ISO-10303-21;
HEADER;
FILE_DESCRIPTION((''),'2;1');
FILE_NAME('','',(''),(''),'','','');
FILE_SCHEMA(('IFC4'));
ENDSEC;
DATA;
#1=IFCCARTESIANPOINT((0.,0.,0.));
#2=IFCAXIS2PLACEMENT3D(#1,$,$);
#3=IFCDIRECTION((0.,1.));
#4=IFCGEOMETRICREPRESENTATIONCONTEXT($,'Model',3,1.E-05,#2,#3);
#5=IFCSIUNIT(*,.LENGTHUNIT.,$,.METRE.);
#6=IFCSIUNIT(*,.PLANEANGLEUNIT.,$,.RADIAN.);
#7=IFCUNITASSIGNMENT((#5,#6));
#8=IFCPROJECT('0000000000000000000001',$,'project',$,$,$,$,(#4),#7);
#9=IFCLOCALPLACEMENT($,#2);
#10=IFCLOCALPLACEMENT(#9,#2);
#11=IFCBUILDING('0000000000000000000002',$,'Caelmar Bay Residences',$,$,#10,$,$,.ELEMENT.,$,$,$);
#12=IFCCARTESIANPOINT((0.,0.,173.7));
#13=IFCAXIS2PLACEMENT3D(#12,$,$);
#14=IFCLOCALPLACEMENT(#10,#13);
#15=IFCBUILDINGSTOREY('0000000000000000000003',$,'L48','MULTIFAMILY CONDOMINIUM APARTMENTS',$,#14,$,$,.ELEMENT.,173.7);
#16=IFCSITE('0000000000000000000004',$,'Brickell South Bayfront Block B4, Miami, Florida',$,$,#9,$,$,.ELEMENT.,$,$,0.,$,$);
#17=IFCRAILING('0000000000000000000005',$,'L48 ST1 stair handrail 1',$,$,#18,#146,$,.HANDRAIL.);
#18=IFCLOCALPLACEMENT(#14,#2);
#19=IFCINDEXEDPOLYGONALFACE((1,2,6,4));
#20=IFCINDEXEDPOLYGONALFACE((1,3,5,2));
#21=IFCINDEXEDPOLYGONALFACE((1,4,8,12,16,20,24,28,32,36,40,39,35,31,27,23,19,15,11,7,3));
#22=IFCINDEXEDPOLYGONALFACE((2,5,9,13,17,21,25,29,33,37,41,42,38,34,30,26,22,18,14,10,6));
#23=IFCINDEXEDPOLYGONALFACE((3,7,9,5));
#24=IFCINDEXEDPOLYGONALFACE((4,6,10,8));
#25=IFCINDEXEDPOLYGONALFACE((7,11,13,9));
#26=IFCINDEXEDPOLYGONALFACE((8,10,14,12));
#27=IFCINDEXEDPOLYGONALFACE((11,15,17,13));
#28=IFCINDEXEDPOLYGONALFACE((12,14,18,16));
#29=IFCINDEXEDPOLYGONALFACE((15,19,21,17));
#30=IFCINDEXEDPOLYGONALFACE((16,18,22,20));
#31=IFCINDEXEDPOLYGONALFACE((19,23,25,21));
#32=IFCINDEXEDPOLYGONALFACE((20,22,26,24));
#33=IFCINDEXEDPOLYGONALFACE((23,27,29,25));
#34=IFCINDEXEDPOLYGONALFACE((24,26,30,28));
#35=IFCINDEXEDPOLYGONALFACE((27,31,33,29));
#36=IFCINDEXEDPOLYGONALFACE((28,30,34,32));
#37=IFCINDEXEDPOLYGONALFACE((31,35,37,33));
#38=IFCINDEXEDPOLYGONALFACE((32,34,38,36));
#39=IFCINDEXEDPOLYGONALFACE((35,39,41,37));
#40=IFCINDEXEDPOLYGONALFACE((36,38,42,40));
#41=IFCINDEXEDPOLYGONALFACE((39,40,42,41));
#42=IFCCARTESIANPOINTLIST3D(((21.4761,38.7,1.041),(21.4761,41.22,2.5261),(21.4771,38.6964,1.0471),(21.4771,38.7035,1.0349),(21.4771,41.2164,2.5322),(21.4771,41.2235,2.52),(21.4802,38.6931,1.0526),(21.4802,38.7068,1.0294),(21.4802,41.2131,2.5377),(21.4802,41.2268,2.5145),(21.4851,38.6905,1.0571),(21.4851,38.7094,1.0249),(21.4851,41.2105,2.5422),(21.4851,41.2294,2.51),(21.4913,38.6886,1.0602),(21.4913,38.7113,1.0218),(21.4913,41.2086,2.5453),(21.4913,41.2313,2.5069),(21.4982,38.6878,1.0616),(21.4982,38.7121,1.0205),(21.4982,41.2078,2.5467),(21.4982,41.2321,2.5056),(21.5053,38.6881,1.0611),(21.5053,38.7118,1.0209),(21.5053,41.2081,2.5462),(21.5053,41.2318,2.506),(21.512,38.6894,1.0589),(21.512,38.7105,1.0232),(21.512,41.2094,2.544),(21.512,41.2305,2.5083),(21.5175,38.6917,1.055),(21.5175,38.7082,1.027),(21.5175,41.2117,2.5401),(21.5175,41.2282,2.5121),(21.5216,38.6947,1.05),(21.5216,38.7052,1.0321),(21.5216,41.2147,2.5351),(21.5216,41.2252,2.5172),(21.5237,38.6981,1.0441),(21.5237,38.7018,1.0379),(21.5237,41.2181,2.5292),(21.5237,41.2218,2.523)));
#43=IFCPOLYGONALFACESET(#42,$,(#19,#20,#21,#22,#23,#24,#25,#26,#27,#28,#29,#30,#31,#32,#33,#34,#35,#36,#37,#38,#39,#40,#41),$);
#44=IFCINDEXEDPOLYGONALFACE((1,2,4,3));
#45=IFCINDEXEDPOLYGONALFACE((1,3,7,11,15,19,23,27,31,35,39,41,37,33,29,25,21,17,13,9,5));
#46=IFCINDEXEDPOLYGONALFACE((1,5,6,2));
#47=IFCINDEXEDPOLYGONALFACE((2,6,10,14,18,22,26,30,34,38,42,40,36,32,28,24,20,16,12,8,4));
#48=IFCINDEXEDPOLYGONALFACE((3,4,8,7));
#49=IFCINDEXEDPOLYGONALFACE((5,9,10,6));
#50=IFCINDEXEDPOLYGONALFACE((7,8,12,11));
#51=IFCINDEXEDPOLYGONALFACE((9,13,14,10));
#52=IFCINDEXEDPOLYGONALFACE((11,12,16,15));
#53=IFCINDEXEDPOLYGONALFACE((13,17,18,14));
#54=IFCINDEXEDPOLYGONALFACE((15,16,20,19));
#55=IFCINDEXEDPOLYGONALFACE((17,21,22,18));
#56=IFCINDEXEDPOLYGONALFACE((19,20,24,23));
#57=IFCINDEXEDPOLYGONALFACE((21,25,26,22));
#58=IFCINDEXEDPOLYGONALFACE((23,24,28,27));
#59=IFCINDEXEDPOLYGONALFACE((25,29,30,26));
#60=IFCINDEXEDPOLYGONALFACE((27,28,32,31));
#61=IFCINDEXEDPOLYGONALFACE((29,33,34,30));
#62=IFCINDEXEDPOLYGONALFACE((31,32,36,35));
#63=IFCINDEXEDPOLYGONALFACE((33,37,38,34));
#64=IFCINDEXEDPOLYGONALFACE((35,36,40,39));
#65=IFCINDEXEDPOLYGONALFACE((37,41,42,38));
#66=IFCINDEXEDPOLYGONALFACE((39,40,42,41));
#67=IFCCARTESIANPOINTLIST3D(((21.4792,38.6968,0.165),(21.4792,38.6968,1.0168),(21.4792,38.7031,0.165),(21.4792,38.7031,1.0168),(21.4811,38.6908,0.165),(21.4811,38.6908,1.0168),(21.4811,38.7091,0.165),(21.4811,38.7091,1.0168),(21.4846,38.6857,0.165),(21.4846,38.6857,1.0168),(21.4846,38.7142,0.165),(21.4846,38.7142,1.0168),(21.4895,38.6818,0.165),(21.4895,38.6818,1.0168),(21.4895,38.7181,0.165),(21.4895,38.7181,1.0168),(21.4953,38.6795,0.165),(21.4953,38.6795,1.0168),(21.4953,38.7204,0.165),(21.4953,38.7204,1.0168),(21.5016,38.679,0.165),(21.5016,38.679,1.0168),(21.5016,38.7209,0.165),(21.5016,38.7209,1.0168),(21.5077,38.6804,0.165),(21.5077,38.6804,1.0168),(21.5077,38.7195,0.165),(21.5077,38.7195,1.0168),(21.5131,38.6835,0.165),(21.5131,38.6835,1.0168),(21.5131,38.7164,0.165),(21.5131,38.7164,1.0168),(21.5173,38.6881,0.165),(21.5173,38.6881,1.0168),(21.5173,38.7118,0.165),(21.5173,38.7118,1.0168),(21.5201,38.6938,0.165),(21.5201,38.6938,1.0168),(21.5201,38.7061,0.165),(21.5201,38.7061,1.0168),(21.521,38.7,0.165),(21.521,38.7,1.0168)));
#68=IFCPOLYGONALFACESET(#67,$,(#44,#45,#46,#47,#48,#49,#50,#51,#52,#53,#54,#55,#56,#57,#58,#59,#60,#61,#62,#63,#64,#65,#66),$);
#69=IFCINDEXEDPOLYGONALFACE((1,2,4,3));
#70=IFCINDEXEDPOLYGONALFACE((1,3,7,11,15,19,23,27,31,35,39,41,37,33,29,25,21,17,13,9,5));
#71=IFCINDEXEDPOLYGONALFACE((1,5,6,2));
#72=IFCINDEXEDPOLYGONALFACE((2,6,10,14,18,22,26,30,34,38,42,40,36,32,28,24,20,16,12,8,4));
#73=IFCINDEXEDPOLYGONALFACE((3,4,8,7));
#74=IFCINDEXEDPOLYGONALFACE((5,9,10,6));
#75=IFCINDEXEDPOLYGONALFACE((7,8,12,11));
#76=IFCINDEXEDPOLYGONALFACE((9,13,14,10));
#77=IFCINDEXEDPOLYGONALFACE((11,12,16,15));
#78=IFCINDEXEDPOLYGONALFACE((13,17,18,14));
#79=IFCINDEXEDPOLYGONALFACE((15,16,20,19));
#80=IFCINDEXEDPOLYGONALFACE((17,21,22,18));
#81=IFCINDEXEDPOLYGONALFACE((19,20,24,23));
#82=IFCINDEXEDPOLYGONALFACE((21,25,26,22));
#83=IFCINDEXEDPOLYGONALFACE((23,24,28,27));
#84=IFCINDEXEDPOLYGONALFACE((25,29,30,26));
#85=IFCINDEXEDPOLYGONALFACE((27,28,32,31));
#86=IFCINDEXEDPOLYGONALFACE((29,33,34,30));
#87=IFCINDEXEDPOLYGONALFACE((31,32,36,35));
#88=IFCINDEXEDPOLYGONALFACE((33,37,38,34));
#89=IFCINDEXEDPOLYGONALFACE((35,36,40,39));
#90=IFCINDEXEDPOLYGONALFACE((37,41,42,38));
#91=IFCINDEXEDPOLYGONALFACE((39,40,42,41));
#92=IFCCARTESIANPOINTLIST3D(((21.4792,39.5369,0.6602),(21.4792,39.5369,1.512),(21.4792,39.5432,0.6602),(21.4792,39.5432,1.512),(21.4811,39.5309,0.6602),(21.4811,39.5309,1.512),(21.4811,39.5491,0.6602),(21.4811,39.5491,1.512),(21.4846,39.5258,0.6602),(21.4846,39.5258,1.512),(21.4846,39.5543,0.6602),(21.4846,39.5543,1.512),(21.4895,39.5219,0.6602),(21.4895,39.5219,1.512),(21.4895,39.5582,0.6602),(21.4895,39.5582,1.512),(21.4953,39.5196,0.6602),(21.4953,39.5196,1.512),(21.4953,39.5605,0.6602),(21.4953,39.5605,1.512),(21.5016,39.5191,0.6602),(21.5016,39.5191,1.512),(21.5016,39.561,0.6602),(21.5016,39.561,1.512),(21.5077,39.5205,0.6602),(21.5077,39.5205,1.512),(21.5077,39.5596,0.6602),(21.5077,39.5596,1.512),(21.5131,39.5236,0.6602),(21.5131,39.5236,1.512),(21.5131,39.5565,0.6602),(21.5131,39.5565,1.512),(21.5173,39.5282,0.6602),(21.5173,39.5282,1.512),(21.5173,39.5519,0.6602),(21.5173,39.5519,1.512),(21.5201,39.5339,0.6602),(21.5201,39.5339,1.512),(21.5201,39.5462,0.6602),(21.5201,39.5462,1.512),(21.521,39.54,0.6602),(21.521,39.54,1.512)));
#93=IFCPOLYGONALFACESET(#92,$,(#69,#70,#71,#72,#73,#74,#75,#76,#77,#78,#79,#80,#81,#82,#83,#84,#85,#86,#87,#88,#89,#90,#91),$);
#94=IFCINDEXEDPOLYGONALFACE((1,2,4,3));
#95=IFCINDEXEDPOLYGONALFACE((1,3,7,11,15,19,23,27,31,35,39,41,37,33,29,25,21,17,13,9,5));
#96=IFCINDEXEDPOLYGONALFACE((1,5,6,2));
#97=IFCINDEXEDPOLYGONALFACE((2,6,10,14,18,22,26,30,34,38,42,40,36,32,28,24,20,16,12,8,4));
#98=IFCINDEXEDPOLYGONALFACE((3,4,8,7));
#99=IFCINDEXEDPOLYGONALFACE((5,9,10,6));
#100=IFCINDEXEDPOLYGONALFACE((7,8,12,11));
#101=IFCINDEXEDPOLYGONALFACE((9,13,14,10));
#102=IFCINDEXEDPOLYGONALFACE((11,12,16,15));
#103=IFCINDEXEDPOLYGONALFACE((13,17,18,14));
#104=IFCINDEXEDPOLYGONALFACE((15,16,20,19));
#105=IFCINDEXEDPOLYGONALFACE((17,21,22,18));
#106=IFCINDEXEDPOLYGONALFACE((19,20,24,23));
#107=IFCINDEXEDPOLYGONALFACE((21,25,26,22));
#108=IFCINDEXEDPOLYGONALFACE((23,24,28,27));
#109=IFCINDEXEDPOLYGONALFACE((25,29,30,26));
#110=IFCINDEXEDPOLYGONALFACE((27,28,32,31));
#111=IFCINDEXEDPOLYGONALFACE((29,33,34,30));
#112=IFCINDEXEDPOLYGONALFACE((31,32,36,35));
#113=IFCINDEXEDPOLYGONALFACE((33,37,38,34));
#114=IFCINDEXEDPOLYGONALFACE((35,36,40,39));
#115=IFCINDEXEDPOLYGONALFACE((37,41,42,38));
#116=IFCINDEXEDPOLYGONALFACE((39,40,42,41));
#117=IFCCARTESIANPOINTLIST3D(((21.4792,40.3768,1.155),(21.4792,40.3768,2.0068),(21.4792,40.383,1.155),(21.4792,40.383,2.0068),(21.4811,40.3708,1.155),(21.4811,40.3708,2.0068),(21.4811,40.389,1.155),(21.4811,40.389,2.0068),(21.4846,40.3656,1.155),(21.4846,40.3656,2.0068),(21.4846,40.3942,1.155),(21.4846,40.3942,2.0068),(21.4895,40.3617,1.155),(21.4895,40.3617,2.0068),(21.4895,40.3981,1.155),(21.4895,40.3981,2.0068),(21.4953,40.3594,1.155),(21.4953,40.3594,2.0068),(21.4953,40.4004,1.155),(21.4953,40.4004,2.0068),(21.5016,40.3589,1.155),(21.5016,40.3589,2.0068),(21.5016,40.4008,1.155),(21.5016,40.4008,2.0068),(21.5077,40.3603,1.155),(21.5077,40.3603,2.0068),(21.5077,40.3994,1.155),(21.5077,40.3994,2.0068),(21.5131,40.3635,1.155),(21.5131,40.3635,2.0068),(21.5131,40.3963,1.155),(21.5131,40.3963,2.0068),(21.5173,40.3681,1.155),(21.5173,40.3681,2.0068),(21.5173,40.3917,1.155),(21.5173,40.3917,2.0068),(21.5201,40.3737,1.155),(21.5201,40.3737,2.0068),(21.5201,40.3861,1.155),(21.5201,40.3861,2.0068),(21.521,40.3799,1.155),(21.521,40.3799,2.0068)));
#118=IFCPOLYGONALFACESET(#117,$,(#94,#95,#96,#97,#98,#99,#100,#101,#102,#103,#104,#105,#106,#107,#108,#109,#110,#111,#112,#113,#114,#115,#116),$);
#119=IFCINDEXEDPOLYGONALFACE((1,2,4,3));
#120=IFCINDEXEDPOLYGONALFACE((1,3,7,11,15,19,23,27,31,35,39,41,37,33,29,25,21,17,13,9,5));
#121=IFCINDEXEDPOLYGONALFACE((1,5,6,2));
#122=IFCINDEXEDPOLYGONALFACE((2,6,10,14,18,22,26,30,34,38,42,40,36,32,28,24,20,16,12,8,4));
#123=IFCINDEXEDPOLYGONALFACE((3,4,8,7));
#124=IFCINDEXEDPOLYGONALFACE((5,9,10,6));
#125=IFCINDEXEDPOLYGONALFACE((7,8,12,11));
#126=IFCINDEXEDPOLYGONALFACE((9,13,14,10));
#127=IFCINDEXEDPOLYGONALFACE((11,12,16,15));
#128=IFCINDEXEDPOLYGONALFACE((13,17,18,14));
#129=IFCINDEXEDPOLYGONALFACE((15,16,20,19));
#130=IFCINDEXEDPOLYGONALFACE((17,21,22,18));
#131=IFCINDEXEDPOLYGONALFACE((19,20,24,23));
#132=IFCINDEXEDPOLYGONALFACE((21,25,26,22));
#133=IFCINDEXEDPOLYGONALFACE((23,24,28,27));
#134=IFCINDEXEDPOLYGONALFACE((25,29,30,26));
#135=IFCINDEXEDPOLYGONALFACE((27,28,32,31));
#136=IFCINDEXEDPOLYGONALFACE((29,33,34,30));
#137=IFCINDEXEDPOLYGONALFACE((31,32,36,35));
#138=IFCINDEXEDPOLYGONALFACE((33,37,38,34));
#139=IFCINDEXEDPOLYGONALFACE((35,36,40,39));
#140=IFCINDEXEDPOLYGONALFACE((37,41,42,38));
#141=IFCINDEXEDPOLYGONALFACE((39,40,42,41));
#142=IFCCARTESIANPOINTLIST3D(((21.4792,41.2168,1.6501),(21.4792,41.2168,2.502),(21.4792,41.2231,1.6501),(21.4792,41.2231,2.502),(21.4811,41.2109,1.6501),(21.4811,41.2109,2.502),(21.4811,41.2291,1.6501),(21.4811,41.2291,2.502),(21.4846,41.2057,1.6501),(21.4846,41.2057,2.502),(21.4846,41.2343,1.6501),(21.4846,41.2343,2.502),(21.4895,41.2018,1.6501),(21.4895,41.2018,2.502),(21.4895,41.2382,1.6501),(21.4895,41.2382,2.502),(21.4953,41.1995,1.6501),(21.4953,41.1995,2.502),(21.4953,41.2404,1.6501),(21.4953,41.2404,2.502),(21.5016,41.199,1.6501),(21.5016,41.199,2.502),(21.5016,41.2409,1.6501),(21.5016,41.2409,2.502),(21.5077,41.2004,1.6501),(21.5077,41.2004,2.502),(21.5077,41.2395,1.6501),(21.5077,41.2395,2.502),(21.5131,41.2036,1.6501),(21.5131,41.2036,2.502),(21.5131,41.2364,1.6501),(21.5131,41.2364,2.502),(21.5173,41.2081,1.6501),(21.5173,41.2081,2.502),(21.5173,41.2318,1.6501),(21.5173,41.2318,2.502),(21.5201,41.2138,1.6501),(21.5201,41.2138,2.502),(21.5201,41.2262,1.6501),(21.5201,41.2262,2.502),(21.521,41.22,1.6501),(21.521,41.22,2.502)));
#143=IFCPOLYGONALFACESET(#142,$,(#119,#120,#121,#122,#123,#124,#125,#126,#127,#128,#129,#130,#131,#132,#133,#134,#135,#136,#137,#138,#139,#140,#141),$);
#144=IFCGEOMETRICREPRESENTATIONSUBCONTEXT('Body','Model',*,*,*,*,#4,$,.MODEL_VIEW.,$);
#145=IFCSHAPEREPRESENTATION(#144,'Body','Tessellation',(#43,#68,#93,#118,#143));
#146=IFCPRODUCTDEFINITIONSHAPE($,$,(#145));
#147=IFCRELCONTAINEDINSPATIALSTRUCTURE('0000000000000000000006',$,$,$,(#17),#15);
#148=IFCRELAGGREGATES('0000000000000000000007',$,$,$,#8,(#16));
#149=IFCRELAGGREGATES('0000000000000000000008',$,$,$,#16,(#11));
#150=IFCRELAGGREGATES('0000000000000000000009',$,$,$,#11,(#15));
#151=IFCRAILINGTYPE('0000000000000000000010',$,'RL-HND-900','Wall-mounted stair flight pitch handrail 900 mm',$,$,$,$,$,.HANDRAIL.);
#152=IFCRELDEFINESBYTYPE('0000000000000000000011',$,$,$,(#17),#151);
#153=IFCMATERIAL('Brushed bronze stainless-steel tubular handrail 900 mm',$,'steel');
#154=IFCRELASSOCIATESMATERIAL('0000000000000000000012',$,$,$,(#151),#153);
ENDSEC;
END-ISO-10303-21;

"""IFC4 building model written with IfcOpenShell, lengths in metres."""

from ifc_helpers import new_model, si_unit, direction, frame, origin, origin_2d, place, context, subcontext, project, spatial, circle, extrude, material, type_object, element, save


model = new_model("IFC4")

# Units and contexts
model_context = context("Model", 3, precision=1e-05, world=origin(), true_north=direction((0.0, 1.0)))
body_context = subcontext(model_context, "Body", "Model", "MODEL_VIEW")
ifc_project = project(units=[si_unit("LENGTHUNIT", "METRE"), si_unit("PLANEANGLEUNIT", "RADIAN")], contexts=[model_context])

# Site, building, storey
site_placement = place(None, origin())
site = spatial("IfcSite", under=ifc_project, at=site_placement, Name="Brickell South Bayfront Block B4, Miami, Florida", CompositionType="ELEMENT", RefElevation=0.0)
building_placement = place(site_placement, origin())
building = spatial("IfcBuilding", under=site, at=building_placement, Name="Caelmar Bay Residences", CompositionType="ELEMENT")
storey_placement = place(building_placement, frame((0.0, 0.0, 173.7)))
storey = spatial("IfcBuildingStorey", under=building, at=storey_placement, Name="L48", Description="MULTIFAMILY CONDOMINIUM APARTMENTS", CompositionType="ELEMENT", Elevation=173.7)

# Railing
ifc_material_1 = material(Name="Brushed bronze stainless-steel tubular handrail 900 mm", Category="steel")
railing_type_1 = type_object("IfcRailingType", Name="RL-HND-900", Description="Wall-mounted stair flight pitch handrail 900 mm", PredefinedType="HANDRAIL", material=ifc_material_1)
railing_1_placement = place(storey_placement, frame((21.5, 38.7, 0.165)))
element("IfcRailing", 1, at=railing_1_placement, inside=storey, type_object=railing_type_1, Name="L48 ST1 stair handrail 1", PredefinedType="HANDRAIL", context=body_context, shape_type="SweptSolid", body=[
    extrude(circle(Radius=0.0239, at=origin_2d()), frame((0.0, 0.0, 0.876), z_axis=(0.0, 0.861524, 0.507717), x_axis=(-1.0, 0.0, 0.0)), (0.0, 0.0, 1.0), 2.925),
    extrude(circle(Radius=0.021, at=origin_2d()), origin(), (0.0, 0.0, 1.0), 0.8518),
    extrude(circle(Radius=0.021, at=origin_2d()), frame((0.0, 0.8401, 0.4951)), (0.0, 0.0, 1.0), 0.8518),
    extrude(circle(Radius=0.021, at=origin_2d()), frame((0.0, 1.6799, 0.99)), (0.0, 0.0, 1.0), 0.8518),
    extrude(circle(Radius=0.021, at=origin_2d()), frame((0.0, 2.52, 1.4851)), (0.0, 0.0, 1.0), 0.8518),
])

save(model, "model.ifc")
